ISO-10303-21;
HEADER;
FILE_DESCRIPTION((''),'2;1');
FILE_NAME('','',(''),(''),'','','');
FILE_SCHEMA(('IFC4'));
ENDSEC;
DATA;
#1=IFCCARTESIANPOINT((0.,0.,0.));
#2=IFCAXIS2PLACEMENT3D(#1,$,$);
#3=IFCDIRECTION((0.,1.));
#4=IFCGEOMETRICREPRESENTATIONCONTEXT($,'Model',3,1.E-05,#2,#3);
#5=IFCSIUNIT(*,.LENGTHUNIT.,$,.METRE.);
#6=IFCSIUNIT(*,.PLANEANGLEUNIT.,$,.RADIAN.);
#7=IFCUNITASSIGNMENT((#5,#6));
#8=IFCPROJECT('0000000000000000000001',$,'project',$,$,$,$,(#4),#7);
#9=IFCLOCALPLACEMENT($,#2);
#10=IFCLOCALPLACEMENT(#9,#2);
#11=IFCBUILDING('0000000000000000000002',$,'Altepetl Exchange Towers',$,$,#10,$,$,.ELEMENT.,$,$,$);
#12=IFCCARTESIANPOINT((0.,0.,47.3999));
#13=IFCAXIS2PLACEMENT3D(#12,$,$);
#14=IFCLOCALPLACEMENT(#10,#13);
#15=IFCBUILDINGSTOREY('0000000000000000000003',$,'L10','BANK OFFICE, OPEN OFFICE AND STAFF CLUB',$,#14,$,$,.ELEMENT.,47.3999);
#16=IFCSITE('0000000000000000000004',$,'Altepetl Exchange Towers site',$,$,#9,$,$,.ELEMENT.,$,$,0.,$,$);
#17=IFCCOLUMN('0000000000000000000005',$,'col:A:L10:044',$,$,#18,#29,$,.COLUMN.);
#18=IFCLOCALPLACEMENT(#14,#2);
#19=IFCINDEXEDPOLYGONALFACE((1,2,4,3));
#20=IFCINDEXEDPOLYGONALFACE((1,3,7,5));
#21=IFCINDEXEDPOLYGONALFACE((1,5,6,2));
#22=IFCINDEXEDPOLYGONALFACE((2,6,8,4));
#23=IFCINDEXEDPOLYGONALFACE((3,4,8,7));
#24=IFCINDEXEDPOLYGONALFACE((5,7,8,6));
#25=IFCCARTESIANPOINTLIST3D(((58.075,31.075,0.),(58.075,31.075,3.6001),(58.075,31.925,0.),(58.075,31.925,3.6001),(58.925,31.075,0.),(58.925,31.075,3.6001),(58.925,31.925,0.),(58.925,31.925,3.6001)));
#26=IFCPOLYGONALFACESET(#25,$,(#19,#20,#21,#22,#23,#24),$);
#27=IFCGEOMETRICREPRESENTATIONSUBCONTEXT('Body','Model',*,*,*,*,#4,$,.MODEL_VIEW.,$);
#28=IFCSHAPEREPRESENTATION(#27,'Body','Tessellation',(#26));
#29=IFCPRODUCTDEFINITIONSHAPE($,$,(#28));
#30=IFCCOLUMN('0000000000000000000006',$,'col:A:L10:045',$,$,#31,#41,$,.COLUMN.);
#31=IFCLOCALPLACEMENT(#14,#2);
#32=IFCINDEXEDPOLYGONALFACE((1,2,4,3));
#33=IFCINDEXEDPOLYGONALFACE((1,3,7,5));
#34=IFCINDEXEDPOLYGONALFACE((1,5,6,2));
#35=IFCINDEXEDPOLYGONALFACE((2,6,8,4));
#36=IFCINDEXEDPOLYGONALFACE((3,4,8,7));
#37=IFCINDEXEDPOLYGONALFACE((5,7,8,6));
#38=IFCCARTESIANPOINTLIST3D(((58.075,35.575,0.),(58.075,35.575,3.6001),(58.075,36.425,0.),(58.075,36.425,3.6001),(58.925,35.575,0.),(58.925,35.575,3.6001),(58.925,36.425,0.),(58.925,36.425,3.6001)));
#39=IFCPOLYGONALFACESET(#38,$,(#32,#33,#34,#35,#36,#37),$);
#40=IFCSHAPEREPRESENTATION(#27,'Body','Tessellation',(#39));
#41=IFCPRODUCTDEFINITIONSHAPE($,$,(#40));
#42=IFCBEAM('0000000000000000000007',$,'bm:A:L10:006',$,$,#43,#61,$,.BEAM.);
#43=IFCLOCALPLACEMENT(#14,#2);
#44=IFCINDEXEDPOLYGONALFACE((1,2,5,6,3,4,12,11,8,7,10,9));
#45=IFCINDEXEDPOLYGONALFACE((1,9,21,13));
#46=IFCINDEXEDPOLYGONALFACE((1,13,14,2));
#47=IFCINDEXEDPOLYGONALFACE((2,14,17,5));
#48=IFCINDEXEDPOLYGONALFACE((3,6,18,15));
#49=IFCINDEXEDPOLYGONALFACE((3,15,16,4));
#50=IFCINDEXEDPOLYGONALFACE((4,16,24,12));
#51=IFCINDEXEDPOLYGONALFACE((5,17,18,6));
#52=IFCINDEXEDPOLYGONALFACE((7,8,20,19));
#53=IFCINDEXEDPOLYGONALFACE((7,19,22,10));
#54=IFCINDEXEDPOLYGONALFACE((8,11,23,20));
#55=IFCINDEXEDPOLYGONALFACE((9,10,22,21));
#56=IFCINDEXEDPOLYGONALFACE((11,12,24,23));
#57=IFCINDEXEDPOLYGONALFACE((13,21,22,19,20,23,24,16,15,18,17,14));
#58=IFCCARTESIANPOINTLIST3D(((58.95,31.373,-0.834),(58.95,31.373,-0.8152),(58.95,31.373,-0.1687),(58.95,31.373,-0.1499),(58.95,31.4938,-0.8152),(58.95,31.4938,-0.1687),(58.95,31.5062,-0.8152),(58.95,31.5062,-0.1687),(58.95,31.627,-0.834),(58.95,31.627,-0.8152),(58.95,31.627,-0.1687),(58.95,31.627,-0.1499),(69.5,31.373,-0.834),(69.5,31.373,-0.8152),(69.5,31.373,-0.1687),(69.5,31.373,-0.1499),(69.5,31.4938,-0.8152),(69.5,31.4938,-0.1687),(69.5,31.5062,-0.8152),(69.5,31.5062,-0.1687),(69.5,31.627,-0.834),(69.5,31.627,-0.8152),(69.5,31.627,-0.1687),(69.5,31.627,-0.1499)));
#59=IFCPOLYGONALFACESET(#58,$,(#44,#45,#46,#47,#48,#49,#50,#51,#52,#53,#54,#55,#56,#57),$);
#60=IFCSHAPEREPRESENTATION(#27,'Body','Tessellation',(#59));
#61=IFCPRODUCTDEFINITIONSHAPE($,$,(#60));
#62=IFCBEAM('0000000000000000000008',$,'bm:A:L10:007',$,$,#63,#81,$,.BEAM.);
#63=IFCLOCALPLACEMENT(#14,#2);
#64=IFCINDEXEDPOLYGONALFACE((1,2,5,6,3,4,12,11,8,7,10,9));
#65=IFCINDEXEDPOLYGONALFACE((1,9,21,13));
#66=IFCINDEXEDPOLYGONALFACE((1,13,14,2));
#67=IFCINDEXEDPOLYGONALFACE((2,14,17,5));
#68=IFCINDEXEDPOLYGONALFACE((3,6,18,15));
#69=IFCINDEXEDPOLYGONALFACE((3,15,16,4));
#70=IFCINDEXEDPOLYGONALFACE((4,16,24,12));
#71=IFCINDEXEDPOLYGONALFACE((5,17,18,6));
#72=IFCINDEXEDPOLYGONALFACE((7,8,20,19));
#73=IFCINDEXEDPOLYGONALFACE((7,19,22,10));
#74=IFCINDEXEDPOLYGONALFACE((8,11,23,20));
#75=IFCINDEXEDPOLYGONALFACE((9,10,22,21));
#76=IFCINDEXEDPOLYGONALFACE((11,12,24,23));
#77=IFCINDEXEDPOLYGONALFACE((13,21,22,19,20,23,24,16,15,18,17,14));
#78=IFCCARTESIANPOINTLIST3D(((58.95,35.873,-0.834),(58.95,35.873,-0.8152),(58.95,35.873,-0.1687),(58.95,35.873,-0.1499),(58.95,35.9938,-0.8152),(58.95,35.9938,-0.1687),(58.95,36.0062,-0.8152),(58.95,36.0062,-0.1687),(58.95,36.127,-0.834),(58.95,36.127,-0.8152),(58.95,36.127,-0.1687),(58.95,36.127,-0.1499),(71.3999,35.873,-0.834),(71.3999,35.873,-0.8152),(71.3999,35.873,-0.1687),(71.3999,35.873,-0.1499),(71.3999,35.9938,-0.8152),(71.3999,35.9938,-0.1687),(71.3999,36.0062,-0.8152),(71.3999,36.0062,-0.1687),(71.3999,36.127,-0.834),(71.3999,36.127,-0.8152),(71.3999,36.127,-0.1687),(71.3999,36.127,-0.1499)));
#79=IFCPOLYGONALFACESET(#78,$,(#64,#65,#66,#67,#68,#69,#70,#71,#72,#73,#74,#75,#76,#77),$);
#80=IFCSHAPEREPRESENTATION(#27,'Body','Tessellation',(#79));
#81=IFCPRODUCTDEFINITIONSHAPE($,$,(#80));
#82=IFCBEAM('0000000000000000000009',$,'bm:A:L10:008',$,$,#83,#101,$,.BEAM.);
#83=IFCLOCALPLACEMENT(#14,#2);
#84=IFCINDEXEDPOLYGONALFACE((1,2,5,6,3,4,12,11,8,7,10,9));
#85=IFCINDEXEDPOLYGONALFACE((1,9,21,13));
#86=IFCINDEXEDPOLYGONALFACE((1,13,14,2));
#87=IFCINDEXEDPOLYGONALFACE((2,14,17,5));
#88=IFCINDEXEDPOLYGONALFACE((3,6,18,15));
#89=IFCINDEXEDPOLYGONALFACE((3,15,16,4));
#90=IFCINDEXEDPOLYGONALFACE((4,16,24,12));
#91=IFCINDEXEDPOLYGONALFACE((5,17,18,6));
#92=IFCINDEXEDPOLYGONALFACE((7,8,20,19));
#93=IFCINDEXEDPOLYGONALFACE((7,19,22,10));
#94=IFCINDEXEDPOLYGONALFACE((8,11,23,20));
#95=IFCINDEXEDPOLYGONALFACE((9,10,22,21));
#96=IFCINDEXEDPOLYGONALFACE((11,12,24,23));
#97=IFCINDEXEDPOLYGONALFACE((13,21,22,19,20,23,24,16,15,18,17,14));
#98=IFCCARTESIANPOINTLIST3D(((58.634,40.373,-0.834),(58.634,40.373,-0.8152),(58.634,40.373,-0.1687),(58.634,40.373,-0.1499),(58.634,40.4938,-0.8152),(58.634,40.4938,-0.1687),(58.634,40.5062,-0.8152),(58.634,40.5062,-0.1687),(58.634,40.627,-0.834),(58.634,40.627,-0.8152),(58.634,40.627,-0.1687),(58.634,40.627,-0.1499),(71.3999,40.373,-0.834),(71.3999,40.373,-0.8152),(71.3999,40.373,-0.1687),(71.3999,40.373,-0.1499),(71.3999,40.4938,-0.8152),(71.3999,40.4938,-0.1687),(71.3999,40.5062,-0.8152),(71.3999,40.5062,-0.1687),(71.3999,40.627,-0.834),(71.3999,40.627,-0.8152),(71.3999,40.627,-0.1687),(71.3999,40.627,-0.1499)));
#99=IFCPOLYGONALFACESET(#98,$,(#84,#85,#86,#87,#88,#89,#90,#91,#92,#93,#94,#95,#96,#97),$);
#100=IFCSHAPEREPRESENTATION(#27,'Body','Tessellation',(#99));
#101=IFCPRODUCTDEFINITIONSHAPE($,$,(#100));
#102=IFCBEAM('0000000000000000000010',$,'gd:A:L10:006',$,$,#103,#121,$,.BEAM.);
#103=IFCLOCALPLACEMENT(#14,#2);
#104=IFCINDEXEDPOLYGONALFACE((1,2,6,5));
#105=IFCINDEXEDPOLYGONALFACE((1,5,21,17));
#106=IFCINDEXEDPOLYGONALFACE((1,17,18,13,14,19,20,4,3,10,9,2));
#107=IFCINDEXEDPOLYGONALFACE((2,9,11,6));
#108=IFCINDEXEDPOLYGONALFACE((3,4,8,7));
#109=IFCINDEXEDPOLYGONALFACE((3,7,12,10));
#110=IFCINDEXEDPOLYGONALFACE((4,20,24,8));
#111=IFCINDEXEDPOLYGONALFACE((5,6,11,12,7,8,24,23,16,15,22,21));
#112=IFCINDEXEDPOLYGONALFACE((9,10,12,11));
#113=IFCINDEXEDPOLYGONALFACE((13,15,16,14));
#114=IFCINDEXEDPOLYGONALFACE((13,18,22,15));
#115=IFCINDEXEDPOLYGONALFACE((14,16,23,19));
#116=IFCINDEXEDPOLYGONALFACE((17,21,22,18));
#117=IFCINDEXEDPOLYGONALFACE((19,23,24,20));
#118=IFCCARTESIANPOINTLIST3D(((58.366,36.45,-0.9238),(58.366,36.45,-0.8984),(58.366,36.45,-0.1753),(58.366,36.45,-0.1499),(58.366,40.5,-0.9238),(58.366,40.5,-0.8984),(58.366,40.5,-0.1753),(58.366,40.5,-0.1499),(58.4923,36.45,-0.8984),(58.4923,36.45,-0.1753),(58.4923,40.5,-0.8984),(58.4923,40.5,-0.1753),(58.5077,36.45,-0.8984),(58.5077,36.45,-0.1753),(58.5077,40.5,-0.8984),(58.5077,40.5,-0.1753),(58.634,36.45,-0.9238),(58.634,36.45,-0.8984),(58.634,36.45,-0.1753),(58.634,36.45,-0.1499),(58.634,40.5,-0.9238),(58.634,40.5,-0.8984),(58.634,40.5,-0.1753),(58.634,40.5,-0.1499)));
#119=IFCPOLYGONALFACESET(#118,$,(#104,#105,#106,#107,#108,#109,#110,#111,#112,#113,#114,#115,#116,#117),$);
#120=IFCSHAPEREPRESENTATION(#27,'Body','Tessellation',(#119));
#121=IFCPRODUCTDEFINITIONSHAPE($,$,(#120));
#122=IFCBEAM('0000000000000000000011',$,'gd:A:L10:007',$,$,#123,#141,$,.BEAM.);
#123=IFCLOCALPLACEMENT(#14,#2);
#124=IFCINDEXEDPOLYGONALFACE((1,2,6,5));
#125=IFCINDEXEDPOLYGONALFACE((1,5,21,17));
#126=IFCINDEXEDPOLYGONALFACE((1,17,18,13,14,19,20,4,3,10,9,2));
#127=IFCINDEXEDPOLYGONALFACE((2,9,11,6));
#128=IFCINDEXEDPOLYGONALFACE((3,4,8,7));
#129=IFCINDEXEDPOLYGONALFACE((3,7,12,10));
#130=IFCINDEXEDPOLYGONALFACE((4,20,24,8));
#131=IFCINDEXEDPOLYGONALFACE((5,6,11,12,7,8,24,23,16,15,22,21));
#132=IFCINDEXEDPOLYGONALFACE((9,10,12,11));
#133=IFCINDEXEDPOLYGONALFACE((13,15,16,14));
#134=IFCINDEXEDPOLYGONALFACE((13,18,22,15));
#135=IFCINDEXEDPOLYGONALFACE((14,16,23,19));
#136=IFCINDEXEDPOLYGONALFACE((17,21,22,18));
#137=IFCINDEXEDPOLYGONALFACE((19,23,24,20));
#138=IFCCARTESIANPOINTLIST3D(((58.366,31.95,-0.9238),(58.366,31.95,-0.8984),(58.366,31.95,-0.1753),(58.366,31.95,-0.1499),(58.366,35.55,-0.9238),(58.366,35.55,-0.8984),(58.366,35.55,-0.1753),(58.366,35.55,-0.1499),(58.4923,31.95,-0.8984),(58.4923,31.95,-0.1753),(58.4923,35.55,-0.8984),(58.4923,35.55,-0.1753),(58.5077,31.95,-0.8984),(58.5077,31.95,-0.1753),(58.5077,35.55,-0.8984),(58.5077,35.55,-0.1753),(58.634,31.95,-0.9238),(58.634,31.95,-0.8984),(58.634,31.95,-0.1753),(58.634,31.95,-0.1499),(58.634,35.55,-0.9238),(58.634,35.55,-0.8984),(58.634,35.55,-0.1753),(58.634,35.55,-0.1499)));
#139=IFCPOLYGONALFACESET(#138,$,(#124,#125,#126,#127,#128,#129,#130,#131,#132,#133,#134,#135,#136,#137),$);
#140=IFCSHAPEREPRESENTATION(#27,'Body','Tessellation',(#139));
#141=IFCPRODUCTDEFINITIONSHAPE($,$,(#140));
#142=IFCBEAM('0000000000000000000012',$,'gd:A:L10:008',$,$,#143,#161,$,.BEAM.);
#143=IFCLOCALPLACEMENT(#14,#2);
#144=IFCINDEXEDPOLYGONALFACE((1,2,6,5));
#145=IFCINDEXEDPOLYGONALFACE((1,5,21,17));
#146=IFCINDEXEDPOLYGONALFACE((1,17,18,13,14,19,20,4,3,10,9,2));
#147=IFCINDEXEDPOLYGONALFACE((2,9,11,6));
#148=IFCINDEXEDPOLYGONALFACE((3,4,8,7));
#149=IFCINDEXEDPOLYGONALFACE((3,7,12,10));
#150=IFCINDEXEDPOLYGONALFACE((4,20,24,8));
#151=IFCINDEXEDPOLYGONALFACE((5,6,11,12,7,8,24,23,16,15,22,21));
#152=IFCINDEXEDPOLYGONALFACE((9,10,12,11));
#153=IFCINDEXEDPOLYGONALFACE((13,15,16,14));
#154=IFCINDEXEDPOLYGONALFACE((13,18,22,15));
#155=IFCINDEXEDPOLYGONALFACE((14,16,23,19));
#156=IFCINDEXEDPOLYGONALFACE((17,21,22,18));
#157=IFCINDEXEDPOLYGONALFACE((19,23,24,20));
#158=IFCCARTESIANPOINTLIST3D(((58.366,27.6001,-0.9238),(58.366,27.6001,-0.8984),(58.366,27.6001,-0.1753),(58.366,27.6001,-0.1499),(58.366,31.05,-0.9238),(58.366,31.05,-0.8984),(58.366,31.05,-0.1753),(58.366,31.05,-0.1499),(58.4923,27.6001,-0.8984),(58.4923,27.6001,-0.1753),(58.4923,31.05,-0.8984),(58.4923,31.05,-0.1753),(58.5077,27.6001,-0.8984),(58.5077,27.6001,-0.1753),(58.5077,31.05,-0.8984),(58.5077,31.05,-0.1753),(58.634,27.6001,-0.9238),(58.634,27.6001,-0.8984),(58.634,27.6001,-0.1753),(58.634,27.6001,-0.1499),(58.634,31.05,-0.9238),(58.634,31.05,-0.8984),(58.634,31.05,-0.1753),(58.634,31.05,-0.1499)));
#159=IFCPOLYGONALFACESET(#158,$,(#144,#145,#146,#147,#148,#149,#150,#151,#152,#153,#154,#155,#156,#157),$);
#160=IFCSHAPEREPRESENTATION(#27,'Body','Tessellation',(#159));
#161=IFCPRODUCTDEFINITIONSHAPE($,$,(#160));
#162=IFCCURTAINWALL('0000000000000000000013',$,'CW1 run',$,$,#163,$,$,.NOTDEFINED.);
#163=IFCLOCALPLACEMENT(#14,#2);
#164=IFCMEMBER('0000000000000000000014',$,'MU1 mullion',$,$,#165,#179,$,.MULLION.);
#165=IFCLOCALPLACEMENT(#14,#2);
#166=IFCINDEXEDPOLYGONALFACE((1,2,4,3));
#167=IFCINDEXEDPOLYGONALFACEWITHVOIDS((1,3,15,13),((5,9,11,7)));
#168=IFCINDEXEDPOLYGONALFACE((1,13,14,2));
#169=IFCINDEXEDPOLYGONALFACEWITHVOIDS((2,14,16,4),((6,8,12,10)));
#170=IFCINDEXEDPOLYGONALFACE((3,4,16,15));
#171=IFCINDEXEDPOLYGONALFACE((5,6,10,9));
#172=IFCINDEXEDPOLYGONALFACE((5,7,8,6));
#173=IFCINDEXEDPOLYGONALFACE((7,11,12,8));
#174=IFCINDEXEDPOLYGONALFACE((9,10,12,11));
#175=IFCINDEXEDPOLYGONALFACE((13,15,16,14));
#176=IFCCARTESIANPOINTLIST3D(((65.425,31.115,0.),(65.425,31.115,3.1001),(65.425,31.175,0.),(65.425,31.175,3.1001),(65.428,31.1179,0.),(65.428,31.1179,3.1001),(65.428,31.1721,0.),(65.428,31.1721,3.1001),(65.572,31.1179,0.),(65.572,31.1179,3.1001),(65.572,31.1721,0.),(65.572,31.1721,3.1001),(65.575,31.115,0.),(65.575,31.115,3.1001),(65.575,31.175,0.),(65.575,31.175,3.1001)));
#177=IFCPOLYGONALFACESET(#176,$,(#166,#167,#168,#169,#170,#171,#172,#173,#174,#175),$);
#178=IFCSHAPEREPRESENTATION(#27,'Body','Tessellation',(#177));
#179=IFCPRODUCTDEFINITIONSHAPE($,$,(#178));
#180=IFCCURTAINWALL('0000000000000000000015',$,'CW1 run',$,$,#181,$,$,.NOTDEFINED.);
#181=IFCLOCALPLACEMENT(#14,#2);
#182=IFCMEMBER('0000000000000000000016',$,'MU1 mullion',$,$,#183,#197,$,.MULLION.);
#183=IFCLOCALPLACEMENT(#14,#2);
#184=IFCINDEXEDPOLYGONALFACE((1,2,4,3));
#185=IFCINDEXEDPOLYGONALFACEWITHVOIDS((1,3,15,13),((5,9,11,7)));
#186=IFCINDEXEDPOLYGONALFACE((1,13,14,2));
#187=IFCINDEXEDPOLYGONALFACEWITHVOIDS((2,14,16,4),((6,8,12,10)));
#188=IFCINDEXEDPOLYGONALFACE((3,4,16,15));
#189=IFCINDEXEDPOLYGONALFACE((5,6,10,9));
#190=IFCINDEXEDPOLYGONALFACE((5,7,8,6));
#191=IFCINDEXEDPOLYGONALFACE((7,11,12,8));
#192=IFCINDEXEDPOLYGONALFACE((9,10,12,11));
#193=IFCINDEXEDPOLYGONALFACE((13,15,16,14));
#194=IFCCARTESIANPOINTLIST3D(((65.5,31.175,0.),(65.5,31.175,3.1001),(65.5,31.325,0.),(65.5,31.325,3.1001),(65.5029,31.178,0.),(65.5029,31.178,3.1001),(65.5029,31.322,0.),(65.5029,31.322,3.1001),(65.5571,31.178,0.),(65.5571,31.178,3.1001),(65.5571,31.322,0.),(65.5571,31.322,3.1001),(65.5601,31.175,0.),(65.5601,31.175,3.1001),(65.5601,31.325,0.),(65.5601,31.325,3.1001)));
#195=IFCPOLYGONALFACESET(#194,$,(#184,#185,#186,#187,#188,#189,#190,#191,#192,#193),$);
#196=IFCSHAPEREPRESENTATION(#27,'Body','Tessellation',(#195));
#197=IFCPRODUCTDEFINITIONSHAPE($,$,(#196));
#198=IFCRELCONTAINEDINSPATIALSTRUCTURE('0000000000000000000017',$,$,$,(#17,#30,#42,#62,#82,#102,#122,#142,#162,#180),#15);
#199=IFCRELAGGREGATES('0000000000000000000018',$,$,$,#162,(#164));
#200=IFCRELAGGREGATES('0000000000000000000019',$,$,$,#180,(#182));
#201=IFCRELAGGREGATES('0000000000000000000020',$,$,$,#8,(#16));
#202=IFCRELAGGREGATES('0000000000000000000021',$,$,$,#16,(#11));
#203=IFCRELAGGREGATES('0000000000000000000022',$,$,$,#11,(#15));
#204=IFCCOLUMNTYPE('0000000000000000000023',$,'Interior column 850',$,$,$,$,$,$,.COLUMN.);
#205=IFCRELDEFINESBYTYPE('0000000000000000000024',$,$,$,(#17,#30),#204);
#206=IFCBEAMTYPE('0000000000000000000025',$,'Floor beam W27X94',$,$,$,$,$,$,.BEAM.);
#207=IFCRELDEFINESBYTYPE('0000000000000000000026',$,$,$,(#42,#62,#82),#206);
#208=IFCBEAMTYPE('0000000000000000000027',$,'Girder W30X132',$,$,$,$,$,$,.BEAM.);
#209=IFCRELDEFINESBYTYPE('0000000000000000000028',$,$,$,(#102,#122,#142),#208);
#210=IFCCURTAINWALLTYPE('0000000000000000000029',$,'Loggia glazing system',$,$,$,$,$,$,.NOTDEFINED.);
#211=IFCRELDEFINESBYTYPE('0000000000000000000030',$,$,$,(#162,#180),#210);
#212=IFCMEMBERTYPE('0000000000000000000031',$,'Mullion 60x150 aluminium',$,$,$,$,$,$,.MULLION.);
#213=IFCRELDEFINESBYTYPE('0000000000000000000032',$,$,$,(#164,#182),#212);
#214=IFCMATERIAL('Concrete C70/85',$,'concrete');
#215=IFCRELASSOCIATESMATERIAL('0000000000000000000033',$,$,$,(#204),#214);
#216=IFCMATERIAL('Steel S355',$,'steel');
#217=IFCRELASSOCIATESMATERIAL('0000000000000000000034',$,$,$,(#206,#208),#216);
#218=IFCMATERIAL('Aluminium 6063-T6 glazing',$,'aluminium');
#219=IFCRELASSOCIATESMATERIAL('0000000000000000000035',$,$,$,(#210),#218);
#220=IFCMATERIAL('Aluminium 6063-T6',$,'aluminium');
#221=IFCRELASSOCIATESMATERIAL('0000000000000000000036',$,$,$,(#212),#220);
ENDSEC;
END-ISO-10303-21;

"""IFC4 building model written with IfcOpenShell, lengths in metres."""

from ifc_helpers import new_model, si_unit, direction, frame, origin, origin_2d, place, context, subcontext, project, spatial, rectangle, hollow_rectangle, i_section, extrude, material, material_profile, profile_set, type_object, element, aggregate, save


model = new_model("IFC4")

# Units and contexts
model_context = context("Model", 3, precision=1e-05, world=origin(), true_north=direction((0.0, 1.0)))
body_context = subcontext(model_context, "Body", "Model", "MODEL_VIEW")
ifc_project = project(units=[si_unit("LENGTHUNIT", "METRE"), si_unit("PLANEANGLEUNIT", "RADIAN")], contexts=[model_context])

# Site, building, storey
site_placement = place(None, origin())
site = spatial("IfcSite", under=ifc_project, at=site_placement, Name="Altepetl Exchange Towers site", CompositionType="ELEMENT", RefElevation=0.0)
building_placement = place(site_placement, origin())
building = spatial("IfcBuilding", under=site, at=building_placement, Name="Altepetl Exchange Towers", CompositionType="ELEMENT")
storey_placement = place(building_placement, frame((0.0, 0.0, 47.3999)))
storey = spatial("IfcBuildingStorey", under=building, at=storey_placement, Name="L10", Description="BANK OFFICE, OPEN OFFICE AND STAFF CLUB", CompositionType="ELEMENT", Elevation=47.3999)

# Columns
ifc_material_1 = material(Name="Concrete C70/85", Category="concrete")
ifc_material_profile_1 = material_profile(ifc_material_1, rectangle(XDim=0.8501, YDim=0.8501, at=origin_2d()), Name="850 x 850")
ifc_profile_set_1 = profile_set([ifc_material_profile_1], Name="Concrete C70/85")
column_type = type_object("IfcColumnType", Name="Interior column 850", PredefinedType="COLUMN", material=ifc_profile_set_1)
for number, where, name in (
    (1, (58.5, 31.5, 0.0), "col:A:L10:044"),
    (2, (58.5, 36.0, 0.0), "col:A:L10:045"),
):
    element("IfcColumn", number, at=place(storey_placement, frame(where)), inside=storey, type_object=column_type, Name=name, PredefinedType="COLUMN", context=body_context, shape_type="SweptSolid", body=[
        extrude(rectangle(XDim=0.8501, YDim=0.8501, at=origin_2d()), origin(), (0.0, 0.0, 1.0), 3.6001),
    ])

# Beams
ifc_material_2 = material(Name="Steel S355", Category="steel")
ifc_material_profile_2 = material_profile(ifc_material_2, i_section(OverallWidth=0.2539, OverallDepth=0.6841, WebThickness=0.0125, FlangeThickness=0.0188, at=origin_2d()), Name="W27X94")
ifc_profile_set_2 = profile_set([ifc_material_profile_2], Name="Steel S355")
beam_type_1 = type_object("IfcBeamType", Name="Floor beam W27X94", PredefinedType="BEAM", material=ifc_profile_set_2)
beam_1_placement = place(storey_placement, frame((58.95, 31.5, -0.4919), z_axis=(1.0, 0.0, 0.0), x_axis=(0.0, 1.0, 0.0)))
element("IfcBeam", 3, at=beam_1_placement, inside=storey, type_object=beam_type_1, Name="bm:A:L10:006", PredefinedType="BEAM", context=body_context, shape_type="SweptSolid", body=[
    extrude(i_section(OverallWidth=0.2539, OverallDepth=0.6841, WebThickness=0.0125, FlangeThickness=0.0188, at=origin_2d()), origin(), (0.0, 0.0, 1.0), 10.55),
])
beam_2_placement = place(storey_placement, frame((58.95, 36.0, -0.4919), z_axis=(1.0, 0.0, 0.0), x_axis=(0.0, 1.0, 0.0)))
element("IfcBeam", 4, at=beam_2_placement, inside=storey, type_object=beam_type_1, Name="bm:A:L10:007", PredefinedType="BEAM", context=body_context, shape_type="SweptSolid", body=[
    extrude(i_section(OverallWidth=0.2539, OverallDepth=0.6841, WebThickness=0.0125, FlangeThickness=0.0188, at=origin_2d()), origin(), (0.0, 0.0, 1.0), 12.45),
])
beam_3_placement = place(storey_placement, frame((58.634, 40.5, -0.4919), z_axis=(1.0, 0.0, 0.0), x_axis=(0.0, 1.0, 0.0)))
element("IfcBeam", 5, at=beam_3_placement, inside=storey, type_object=beam_type_1, Name="bm:A:L10:008", PredefinedType="BEAM", context=body_context, shape_type="SweptSolid", body=[
    extrude(i_section(OverallWidth=0.2539, OverallDepth=0.6841, WebThickness=0.0125, FlangeThickness=0.0188, at=origin_2d()), origin(), (0.0, 0.0, 1.0), 12.7659),
])
ifc_material_profile_3 = material_profile(ifc_material_2, i_section(OverallWidth=0.2681, OverallDepth=0.7739, WebThickness=0.0154, FlangeThickness=0.0254, at=origin_2d()), Name="W30X132")
ifc_profile_set_3 = profile_set([ifc_material_profile_3], Name="Steel S355")
beam_type_2 = type_object("IfcBeamType", Name="Girder W30X132", PredefinedType="BEAM", material=ifc_profile_set_3)
beam_4_placement = place(storey_placement, frame((58.5, 40.5, -0.5369), z_axis=(0.0, -1.0, 0.0), x_axis=(1.0, 0.0, 0.0)))
element("IfcBeam", 6, at=beam_4_placement, inside=storey, type_object=beam_type_2, Name="gd:A:L10:006", PredefinedType="BEAM", context=body_context, shape_type="SweptSolid", body=[
    extrude(i_section(OverallWidth=0.2681, OverallDepth=0.7739, WebThickness=0.0154, FlangeThickness=0.0254, at=origin_2d()), origin(), (0.0, 0.0, 1.0), 4.05),
])
beam_5_placement = place(storey_placement, frame((58.5, 35.55, -0.5369), z_axis=(0.0, -1.0, 0.0), x_axis=(1.0, 0.0, 0.0)))
element("IfcBeam", 7, at=beam_5_placement, inside=storey, type_object=beam_type_2, Name="gd:A:L10:007", PredefinedType="BEAM", context=body_context, shape_type="SweptSolid", body=[
    extrude(i_section(OverallWidth=0.2681, OverallDepth=0.7739, WebThickness=0.0154, FlangeThickness=0.0254, at=origin_2d()), origin(), (0.0, 0.0, 1.0), 3.6001),
])
beam_6_placement = place(storey_placement, frame((58.5, 31.05, -0.5369), z_axis=(0.0, -1.0, 0.0), x_axis=(1.0, 0.0, 0.0)))
element("IfcBeam", 8, at=beam_6_placement, inside=storey, type_object=beam_type_2, Name="gd:A:L10:008", PredefinedType="BEAM", context=body_context, shape_type="SweptSolid", body=[
    extrude(i_section(OverallWidth=0.2681, OverallDepth=0.7739, WebThickness=0.0154, FlangeThickness=0.0254, at=origin_2d()), origin(), (0.0, 0.0, 1.0), 3.45),
])

# Curtain walls, members
ifc_material_3 = material(Name="Aluminium 6063-T6 glazing", Category="aluminium")
curtain_wall_type = type_object("IfcCurtainWallType", Name="Loggia glazing system", PredefinedType="NOTDEFINED", material=ifc_material_3)
curtain_wall_1_placement = place(storey_placement, origin())
curtain_wall_1 = element("IfcCurtainWall", 9, at=curtain_wall_1_placement, inside=storey, type_object=curtain_wall_type, Name="CW1 run", PredefinedType="NOTDEFINED")
ifc_material_4 = material(Name="Aluminium 6063-T6", Category="aluminium")
ifc_material_profile_4 = material_profile(ifc_material_4, hollow_rectangle(XDim=0.0601, YDim=0.1499, WallThickness=0.0029, at=origin_2d()), Name="Mullion 60x150 aluminium")
ifc_profile_set_4 = profile_set([ifc_material_profile_4], Name="Aluminium 6063-T6")
member_type = type_object("IfcMemberType", Name="Mullion 60x150 aluminium", PredefinedType="MULLION", material=ifc_profile_set_4)
member_1_placement = place(storey_placement, frame((65.5, 31.145, 0.0), z_axis=(0.0, 0.0, 1.0), x_axis=(0.0, 1.0, 0.0)))
member_1 = element("IfcMember", 10, at=member_1_placement, type_object=member_type, Name="MU1 mullion", PredefinedType="MULLION", context=body_context, shape_type="SweptSolid", body=[
    extrude(hollow_rectangle(XDim=0.0601, YDim=0.1499, WallThickness=0.0029, at=origin_2d()), origin(), (0.0, 0.0, 1.0), 3.1001),
])
curtain_wall_2_placement = place(storey_placement, origin())
curtain_wall_2 = element("IfcCurtainWall", 11, at=curtain_wall_2_placement, inside=storey, type_object=curtain_wall_type, Name="CW1 run", PredefinedType="NOTDEFINED")
member_2_placement = place(storey_placement, frame((65.53, 31.25, 0.0)))
member_2 = element("IfcMember", 12, at=member_2_placement, type_object=member_type, Name="MU1 mullion", PredefinedType="MULLION", context=body_context, shape_type="SweptSolid", body=[
    extrude(hollow_rectangle(XDim=0.0601, YDim=0.1499, WallThickness=0.0029, at=origin_2d()), origin(), (0.0, 0.0, 1.0), 3.1001),
])

aggregate(curtain_wall_1, [member_1])
aggregate(curtain_wall_2, [member_2])

save(model, "model.ifc")
